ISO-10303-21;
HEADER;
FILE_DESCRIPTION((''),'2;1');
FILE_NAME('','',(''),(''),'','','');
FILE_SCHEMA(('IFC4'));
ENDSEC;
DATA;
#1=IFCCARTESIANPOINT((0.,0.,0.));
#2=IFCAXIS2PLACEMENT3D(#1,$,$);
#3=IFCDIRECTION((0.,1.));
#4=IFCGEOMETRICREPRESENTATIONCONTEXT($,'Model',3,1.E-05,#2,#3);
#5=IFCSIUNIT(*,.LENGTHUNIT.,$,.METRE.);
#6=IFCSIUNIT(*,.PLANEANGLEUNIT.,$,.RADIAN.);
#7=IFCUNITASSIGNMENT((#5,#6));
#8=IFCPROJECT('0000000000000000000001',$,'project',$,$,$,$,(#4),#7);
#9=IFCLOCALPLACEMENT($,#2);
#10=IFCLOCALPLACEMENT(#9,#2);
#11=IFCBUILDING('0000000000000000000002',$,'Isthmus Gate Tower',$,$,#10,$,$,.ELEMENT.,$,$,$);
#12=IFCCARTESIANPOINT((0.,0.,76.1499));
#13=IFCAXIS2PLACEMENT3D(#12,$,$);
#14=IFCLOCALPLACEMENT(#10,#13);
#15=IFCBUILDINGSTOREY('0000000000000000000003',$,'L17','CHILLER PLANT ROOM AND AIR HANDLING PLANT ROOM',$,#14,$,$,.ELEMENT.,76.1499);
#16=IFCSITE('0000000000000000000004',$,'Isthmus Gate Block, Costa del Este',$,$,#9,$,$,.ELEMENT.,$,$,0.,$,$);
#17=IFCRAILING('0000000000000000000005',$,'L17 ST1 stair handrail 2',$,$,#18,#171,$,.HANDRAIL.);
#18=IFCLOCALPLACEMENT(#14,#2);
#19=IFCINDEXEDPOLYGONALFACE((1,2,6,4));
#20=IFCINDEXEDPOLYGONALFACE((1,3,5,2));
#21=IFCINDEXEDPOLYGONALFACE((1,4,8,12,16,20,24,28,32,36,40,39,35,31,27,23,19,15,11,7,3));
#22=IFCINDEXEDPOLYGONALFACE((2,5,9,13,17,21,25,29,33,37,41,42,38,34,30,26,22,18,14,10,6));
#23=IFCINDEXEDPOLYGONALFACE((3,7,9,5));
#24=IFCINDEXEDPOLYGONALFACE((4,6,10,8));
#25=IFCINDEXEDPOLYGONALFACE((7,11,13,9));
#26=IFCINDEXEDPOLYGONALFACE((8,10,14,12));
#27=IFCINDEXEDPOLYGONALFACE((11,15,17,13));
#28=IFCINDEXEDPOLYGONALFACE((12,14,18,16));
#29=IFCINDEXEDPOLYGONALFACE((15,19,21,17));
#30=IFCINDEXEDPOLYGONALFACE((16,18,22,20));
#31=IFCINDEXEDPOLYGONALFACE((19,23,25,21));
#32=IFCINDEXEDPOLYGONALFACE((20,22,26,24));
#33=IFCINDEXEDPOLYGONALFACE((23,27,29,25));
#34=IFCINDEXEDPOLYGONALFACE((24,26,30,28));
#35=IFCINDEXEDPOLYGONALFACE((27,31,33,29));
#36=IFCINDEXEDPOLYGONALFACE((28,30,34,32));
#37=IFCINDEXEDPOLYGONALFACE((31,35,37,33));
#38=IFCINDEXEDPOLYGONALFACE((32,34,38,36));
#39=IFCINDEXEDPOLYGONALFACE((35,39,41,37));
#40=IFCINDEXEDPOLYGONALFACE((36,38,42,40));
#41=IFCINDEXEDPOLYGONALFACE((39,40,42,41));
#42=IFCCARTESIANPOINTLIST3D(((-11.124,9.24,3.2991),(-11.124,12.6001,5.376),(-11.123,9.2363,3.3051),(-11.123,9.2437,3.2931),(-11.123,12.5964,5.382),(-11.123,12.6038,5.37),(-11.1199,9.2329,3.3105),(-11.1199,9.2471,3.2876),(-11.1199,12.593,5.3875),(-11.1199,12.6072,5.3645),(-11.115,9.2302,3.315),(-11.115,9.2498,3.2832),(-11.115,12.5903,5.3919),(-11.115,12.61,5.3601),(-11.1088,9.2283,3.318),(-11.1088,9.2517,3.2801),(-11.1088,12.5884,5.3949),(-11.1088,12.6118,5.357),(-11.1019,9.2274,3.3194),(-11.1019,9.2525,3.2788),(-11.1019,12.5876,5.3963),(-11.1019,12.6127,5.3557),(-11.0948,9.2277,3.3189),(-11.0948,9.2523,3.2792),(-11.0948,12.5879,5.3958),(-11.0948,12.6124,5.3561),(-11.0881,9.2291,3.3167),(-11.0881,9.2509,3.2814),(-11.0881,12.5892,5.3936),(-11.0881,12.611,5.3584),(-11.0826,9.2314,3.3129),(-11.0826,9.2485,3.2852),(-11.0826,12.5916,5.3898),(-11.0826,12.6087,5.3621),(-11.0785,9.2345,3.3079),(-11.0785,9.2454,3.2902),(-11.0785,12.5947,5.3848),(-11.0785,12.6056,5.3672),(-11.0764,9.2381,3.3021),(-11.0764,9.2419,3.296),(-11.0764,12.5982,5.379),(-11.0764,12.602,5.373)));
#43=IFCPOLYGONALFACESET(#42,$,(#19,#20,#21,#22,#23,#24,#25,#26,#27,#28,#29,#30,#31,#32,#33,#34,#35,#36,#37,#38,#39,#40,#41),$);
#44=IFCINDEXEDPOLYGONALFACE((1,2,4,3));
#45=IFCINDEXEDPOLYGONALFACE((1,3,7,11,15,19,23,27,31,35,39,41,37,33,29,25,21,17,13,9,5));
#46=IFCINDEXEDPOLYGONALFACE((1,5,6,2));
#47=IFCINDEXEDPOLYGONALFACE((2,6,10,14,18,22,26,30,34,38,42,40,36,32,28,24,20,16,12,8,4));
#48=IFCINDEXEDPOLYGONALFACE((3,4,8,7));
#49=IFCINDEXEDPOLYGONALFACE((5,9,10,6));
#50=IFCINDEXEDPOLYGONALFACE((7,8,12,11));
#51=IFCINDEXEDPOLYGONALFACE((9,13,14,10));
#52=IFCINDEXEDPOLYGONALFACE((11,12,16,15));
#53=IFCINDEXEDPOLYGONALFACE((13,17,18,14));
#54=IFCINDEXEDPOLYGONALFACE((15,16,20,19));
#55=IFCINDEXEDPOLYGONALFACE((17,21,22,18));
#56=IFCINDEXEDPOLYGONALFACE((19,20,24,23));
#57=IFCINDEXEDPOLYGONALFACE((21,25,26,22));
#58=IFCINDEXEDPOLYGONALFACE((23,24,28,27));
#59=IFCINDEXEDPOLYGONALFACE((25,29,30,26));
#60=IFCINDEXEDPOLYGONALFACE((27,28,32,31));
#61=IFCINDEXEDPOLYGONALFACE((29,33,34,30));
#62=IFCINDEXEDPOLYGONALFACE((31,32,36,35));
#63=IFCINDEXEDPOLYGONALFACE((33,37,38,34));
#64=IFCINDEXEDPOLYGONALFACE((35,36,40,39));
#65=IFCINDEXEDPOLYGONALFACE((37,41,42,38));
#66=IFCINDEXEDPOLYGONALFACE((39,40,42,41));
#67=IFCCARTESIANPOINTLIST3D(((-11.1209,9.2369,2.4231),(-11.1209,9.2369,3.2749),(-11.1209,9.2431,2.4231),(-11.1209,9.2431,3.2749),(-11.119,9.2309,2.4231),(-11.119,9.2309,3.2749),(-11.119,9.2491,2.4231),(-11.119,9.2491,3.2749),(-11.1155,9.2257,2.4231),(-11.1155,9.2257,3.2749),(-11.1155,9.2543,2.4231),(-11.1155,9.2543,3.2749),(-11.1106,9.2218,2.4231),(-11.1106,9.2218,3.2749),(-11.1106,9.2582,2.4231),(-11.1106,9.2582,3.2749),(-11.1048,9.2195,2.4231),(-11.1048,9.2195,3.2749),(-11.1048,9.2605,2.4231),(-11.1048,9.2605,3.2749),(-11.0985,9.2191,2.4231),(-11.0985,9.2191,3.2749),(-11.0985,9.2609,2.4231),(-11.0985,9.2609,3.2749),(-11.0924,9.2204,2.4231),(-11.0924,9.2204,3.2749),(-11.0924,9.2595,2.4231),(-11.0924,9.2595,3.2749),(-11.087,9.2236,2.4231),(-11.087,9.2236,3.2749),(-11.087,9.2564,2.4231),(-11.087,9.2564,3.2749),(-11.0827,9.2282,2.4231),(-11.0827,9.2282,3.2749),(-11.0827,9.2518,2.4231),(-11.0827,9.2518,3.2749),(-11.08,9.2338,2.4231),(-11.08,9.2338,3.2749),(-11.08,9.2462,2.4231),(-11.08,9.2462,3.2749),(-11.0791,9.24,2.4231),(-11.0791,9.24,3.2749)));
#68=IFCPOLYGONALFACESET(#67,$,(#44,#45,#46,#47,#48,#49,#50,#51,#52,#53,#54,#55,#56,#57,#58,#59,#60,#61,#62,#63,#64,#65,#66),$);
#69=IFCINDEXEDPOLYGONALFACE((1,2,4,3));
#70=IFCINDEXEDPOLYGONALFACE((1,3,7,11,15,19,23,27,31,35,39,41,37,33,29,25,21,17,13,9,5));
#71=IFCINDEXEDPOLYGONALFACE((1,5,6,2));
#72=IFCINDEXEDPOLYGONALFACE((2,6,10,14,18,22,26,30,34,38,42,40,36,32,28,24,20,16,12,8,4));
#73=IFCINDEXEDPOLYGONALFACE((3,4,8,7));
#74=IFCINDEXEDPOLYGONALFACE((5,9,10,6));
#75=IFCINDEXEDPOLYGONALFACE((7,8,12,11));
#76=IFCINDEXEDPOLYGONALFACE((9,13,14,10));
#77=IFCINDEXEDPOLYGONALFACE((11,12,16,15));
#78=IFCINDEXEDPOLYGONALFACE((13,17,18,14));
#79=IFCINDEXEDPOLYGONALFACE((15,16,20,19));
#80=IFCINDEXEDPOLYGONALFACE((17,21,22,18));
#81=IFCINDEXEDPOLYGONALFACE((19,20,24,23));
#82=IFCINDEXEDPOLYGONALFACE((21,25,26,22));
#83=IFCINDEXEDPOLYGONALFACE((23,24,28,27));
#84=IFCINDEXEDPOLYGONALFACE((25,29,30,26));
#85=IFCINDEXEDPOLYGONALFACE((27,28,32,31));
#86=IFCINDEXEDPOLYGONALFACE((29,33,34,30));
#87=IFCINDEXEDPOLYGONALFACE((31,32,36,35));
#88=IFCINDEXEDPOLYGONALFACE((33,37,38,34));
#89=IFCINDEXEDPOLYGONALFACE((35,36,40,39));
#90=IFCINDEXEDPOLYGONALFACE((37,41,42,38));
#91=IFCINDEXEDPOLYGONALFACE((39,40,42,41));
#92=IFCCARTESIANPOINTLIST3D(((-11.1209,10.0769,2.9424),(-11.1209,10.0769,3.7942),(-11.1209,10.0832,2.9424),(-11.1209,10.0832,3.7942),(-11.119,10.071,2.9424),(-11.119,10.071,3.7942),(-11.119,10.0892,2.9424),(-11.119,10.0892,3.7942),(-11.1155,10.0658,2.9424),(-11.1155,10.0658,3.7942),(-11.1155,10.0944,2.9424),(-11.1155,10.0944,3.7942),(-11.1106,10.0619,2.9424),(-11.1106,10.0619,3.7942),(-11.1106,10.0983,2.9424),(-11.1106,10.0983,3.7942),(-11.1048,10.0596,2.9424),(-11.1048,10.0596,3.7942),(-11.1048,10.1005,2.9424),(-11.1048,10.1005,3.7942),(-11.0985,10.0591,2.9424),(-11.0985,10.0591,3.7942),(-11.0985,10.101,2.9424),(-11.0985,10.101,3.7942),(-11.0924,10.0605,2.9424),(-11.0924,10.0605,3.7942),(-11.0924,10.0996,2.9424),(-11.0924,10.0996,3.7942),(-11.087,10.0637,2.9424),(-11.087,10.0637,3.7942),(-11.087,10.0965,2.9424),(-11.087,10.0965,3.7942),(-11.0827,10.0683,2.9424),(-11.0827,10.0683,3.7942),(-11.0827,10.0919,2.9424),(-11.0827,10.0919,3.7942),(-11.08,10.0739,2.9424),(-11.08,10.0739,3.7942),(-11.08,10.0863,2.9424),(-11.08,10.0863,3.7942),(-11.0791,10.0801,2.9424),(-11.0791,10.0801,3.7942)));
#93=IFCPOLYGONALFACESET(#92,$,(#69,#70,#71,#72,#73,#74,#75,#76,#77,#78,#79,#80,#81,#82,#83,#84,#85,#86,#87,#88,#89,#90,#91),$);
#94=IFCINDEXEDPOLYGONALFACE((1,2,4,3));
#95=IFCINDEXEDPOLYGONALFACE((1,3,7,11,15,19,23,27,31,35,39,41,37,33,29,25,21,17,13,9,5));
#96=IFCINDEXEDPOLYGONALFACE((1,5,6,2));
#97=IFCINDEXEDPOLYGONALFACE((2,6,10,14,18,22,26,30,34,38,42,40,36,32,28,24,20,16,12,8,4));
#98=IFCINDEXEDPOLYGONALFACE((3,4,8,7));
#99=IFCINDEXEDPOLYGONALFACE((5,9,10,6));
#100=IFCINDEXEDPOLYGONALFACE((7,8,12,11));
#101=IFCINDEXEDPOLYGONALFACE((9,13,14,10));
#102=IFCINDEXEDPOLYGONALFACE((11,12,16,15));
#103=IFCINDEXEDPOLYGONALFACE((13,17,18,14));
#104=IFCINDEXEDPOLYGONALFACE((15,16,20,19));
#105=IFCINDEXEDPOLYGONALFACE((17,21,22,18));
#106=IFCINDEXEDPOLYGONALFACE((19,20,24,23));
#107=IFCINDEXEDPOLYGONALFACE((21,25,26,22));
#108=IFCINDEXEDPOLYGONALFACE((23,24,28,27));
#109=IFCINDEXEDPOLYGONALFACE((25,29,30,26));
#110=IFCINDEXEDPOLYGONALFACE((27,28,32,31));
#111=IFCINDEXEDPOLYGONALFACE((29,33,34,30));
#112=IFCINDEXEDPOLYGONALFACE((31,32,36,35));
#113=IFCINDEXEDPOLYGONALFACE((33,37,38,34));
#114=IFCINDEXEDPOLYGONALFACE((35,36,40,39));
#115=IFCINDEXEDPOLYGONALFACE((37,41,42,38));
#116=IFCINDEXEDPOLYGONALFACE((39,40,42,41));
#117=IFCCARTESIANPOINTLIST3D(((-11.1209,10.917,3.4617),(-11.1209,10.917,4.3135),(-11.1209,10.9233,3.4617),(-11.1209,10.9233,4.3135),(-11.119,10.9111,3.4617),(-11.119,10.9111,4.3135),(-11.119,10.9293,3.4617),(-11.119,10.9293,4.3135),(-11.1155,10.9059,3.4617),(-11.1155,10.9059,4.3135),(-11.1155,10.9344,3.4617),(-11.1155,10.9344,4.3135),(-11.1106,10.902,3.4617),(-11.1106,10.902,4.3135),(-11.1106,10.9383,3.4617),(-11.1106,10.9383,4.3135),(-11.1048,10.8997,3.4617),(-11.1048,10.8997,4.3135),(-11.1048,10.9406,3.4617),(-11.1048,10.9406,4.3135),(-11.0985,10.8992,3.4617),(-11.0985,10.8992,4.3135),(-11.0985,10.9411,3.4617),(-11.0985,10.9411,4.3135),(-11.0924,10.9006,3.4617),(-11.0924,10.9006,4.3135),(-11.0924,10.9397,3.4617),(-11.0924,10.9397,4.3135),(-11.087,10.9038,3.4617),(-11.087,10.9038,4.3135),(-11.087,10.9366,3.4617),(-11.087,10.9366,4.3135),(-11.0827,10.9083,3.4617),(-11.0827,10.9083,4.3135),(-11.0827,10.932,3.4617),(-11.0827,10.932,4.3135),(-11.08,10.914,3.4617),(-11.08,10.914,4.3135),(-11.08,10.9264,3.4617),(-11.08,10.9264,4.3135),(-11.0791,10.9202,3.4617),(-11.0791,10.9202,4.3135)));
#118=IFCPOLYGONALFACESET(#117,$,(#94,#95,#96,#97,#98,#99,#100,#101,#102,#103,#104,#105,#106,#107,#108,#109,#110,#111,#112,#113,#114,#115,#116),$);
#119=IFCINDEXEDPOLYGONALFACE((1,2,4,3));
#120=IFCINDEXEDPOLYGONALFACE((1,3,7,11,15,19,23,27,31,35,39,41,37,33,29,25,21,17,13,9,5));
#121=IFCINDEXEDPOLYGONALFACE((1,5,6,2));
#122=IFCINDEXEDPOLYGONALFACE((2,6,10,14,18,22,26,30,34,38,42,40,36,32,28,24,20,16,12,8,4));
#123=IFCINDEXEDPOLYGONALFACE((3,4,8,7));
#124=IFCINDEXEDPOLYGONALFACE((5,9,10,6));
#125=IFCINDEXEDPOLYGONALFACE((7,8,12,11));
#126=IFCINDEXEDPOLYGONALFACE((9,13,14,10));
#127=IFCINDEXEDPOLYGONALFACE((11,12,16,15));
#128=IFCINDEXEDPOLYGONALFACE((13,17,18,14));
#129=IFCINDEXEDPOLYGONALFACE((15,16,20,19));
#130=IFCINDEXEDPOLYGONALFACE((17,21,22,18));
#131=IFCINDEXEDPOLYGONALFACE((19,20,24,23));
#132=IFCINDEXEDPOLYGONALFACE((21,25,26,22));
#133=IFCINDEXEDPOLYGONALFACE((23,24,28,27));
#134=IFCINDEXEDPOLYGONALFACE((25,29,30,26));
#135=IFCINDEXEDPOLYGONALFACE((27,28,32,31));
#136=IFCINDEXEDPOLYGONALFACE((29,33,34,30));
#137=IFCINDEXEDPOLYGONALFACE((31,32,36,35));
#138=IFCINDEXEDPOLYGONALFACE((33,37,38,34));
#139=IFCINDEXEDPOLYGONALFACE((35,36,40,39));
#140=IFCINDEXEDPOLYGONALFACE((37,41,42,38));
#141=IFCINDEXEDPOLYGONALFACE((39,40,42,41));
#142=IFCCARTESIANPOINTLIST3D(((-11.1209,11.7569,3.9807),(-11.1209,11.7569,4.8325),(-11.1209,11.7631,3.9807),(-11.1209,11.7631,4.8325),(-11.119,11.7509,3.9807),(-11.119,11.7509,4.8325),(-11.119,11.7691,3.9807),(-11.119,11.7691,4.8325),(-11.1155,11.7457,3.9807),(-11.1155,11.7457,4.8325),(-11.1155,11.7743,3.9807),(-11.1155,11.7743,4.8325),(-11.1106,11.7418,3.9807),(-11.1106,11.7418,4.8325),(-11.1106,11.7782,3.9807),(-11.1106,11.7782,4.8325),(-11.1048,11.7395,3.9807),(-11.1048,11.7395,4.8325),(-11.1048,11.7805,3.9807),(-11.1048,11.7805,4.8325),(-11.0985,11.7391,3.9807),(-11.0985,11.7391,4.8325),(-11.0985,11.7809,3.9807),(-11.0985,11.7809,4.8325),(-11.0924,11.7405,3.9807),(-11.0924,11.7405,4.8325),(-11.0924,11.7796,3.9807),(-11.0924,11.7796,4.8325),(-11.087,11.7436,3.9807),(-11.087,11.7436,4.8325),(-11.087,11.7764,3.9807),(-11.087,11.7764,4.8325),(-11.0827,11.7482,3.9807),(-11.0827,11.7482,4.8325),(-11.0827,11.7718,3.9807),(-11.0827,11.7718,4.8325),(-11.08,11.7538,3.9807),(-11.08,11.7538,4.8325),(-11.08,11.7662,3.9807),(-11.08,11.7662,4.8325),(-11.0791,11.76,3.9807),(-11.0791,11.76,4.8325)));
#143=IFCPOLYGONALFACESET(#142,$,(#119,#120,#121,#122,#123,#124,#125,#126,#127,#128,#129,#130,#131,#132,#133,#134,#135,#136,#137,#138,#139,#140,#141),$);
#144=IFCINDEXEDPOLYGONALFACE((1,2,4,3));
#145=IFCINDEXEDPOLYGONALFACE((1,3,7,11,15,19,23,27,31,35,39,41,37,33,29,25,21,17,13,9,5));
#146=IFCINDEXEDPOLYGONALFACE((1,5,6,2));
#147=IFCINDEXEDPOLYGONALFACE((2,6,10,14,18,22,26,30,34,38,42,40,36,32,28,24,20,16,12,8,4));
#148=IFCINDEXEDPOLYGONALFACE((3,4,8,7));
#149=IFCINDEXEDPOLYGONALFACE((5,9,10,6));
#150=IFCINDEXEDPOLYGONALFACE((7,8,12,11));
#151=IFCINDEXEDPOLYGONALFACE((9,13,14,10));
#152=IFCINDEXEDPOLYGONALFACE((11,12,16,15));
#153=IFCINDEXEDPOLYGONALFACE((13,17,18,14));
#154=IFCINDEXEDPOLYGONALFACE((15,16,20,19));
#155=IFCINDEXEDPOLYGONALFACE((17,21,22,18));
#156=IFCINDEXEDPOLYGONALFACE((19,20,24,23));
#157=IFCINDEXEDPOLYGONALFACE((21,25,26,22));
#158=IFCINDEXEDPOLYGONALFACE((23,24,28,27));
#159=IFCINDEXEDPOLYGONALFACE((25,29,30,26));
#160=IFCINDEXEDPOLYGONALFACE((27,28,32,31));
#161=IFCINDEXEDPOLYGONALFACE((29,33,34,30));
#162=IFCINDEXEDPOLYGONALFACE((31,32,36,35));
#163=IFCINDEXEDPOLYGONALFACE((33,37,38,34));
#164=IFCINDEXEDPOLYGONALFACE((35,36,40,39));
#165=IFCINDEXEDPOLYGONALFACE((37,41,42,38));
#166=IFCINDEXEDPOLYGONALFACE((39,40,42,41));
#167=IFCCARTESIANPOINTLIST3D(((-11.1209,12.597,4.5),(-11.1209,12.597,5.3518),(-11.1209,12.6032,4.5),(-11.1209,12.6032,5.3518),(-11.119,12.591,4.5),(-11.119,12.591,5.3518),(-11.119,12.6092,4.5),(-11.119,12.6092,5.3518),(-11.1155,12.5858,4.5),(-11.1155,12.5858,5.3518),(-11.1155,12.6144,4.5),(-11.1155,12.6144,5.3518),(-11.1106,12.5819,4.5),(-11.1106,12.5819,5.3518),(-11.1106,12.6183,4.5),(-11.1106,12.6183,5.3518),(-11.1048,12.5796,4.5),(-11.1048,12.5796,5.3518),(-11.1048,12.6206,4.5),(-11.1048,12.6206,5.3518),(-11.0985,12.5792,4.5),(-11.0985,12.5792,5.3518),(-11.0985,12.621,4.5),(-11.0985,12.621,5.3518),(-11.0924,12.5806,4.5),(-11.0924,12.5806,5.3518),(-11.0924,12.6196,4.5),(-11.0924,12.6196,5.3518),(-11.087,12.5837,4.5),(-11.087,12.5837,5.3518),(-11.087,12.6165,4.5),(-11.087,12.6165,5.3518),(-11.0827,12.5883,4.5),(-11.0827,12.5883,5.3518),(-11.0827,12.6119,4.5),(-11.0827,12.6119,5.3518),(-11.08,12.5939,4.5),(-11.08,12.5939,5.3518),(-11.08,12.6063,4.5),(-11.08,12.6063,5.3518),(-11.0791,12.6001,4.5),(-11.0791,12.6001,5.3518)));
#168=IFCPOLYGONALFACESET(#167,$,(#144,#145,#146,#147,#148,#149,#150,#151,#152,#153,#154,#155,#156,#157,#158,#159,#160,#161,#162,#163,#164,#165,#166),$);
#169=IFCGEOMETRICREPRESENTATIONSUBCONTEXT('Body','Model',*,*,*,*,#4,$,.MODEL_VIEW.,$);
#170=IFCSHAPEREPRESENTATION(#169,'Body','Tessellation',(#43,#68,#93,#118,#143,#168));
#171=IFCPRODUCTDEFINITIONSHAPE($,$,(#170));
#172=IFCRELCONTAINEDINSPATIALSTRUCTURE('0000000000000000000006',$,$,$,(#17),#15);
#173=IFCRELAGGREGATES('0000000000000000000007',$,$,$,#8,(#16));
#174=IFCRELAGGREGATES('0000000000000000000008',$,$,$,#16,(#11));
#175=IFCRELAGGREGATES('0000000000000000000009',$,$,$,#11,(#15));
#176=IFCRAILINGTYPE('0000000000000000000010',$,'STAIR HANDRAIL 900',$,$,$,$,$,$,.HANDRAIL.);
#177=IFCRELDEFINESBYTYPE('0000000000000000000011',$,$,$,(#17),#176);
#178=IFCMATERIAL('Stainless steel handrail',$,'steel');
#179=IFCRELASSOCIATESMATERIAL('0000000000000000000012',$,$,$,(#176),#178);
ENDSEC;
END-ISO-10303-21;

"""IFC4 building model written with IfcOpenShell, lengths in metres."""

from ifc_helpers import new_model, si_unit, direction, frame, origin, origin_2d, place, context, subcontext, project, spatial, circle, extrude, material, type_object, element, save


model = new_model("IFC4")

# Units and contexts
model_context = context("Model", 3, precision=1e-05, world=origin(), true_north=direction((0.0, 1.0)))
body_context = subcontext(model_context, "Body", "Model", "MODEL_VIEW")
ifc_project = project(units=[si_unit("LENGTHUNIT", "METRE"), si_unit("PLANEANGLEUNIT", "RADIAN")], contexts=[model_context])

# Site, building, storey
site_placement = place(None, origin())
site = spatial("IfcSite", under=ifc_project, at=site_placement, Name="Isthmus Gate Block, Costa del Este", CompositionType="ELEMENT", RefElevation=0.0)
building_placement = place(site_placement, origin())
building = spatial("IfcBuilding", under=site, at=building_placement, Name="Isthmus Gate Tower", CompositionType="ELEMENT")
storey_placement = place(building_placement, frame((0.0, 0.0, 76.1499)))
storey = spatial("IfcBuildingStorey", under=building, at=storey_placement, Name="L17", Description="CHILLER PLANT ROOM AND AIR HANDLING PLANT ROOM", CompositionType="ELEMENT", Elevation=76.1499)

# Railing
ifc_material_1 = material(Name="Stainless steel handrail", Category="steel")
railing_type = type_object("IfcRailingType", Name="STAIR HANDRAIL 900", PredefinedType="HANDRAIL", material=ifc_material_1)
for number, where, name in (
    (1, (-11.1001, 9.24, 2.4231), "L17 ST1 stair handrail 2"),
):
    element("IfcRailing", number, at=place(storey_placement, frame(where)), inside=storey, type_object=railing_type, Name=name, PredefinedType="HANDRAIL", context=body_context, shape_type="SweptSolid", body=[
        extrude(circle(Radius=0.0239, at=origin_2d()), frame((0.0, 0.0, 0.876), z_axis=(0.0, 0.850623, 0.525776), x_axis=(-1.0, 0.0, 0.0)), (0.0, 0.0, 1.0), 3.9502),
        extrude(circle(Radius=0.021, at=origin_2d()), origin(), (0.0, 0.0, 1.0), 0.8518),
        extrude(circle(Radius=0.021, at=origin_2d()), frame((0.0, 0.8401, 0.5193)), (0.0, 0.0, 1.0), 0.8518),
        extrude(circle(Radius=0.021, at=origin_2d()), frame((0.0, 1.6802, 1.0386)), (0.0, 0.0, 1.0), 0.8518),
        extrude(circle(Radius=0.021, at=origin_2d()), frame((0.0, 2.52, 1.5576)), (0.0, 0.0, 1.0), 0.8518),
        extrude(circle(Radius=0.021, at=origin_2d()), frame((0.0, 3.3601, 2.0769)), (0.0, 0.0, 1.0), 0.8518),
    ])

save(model, "model.ifc")
